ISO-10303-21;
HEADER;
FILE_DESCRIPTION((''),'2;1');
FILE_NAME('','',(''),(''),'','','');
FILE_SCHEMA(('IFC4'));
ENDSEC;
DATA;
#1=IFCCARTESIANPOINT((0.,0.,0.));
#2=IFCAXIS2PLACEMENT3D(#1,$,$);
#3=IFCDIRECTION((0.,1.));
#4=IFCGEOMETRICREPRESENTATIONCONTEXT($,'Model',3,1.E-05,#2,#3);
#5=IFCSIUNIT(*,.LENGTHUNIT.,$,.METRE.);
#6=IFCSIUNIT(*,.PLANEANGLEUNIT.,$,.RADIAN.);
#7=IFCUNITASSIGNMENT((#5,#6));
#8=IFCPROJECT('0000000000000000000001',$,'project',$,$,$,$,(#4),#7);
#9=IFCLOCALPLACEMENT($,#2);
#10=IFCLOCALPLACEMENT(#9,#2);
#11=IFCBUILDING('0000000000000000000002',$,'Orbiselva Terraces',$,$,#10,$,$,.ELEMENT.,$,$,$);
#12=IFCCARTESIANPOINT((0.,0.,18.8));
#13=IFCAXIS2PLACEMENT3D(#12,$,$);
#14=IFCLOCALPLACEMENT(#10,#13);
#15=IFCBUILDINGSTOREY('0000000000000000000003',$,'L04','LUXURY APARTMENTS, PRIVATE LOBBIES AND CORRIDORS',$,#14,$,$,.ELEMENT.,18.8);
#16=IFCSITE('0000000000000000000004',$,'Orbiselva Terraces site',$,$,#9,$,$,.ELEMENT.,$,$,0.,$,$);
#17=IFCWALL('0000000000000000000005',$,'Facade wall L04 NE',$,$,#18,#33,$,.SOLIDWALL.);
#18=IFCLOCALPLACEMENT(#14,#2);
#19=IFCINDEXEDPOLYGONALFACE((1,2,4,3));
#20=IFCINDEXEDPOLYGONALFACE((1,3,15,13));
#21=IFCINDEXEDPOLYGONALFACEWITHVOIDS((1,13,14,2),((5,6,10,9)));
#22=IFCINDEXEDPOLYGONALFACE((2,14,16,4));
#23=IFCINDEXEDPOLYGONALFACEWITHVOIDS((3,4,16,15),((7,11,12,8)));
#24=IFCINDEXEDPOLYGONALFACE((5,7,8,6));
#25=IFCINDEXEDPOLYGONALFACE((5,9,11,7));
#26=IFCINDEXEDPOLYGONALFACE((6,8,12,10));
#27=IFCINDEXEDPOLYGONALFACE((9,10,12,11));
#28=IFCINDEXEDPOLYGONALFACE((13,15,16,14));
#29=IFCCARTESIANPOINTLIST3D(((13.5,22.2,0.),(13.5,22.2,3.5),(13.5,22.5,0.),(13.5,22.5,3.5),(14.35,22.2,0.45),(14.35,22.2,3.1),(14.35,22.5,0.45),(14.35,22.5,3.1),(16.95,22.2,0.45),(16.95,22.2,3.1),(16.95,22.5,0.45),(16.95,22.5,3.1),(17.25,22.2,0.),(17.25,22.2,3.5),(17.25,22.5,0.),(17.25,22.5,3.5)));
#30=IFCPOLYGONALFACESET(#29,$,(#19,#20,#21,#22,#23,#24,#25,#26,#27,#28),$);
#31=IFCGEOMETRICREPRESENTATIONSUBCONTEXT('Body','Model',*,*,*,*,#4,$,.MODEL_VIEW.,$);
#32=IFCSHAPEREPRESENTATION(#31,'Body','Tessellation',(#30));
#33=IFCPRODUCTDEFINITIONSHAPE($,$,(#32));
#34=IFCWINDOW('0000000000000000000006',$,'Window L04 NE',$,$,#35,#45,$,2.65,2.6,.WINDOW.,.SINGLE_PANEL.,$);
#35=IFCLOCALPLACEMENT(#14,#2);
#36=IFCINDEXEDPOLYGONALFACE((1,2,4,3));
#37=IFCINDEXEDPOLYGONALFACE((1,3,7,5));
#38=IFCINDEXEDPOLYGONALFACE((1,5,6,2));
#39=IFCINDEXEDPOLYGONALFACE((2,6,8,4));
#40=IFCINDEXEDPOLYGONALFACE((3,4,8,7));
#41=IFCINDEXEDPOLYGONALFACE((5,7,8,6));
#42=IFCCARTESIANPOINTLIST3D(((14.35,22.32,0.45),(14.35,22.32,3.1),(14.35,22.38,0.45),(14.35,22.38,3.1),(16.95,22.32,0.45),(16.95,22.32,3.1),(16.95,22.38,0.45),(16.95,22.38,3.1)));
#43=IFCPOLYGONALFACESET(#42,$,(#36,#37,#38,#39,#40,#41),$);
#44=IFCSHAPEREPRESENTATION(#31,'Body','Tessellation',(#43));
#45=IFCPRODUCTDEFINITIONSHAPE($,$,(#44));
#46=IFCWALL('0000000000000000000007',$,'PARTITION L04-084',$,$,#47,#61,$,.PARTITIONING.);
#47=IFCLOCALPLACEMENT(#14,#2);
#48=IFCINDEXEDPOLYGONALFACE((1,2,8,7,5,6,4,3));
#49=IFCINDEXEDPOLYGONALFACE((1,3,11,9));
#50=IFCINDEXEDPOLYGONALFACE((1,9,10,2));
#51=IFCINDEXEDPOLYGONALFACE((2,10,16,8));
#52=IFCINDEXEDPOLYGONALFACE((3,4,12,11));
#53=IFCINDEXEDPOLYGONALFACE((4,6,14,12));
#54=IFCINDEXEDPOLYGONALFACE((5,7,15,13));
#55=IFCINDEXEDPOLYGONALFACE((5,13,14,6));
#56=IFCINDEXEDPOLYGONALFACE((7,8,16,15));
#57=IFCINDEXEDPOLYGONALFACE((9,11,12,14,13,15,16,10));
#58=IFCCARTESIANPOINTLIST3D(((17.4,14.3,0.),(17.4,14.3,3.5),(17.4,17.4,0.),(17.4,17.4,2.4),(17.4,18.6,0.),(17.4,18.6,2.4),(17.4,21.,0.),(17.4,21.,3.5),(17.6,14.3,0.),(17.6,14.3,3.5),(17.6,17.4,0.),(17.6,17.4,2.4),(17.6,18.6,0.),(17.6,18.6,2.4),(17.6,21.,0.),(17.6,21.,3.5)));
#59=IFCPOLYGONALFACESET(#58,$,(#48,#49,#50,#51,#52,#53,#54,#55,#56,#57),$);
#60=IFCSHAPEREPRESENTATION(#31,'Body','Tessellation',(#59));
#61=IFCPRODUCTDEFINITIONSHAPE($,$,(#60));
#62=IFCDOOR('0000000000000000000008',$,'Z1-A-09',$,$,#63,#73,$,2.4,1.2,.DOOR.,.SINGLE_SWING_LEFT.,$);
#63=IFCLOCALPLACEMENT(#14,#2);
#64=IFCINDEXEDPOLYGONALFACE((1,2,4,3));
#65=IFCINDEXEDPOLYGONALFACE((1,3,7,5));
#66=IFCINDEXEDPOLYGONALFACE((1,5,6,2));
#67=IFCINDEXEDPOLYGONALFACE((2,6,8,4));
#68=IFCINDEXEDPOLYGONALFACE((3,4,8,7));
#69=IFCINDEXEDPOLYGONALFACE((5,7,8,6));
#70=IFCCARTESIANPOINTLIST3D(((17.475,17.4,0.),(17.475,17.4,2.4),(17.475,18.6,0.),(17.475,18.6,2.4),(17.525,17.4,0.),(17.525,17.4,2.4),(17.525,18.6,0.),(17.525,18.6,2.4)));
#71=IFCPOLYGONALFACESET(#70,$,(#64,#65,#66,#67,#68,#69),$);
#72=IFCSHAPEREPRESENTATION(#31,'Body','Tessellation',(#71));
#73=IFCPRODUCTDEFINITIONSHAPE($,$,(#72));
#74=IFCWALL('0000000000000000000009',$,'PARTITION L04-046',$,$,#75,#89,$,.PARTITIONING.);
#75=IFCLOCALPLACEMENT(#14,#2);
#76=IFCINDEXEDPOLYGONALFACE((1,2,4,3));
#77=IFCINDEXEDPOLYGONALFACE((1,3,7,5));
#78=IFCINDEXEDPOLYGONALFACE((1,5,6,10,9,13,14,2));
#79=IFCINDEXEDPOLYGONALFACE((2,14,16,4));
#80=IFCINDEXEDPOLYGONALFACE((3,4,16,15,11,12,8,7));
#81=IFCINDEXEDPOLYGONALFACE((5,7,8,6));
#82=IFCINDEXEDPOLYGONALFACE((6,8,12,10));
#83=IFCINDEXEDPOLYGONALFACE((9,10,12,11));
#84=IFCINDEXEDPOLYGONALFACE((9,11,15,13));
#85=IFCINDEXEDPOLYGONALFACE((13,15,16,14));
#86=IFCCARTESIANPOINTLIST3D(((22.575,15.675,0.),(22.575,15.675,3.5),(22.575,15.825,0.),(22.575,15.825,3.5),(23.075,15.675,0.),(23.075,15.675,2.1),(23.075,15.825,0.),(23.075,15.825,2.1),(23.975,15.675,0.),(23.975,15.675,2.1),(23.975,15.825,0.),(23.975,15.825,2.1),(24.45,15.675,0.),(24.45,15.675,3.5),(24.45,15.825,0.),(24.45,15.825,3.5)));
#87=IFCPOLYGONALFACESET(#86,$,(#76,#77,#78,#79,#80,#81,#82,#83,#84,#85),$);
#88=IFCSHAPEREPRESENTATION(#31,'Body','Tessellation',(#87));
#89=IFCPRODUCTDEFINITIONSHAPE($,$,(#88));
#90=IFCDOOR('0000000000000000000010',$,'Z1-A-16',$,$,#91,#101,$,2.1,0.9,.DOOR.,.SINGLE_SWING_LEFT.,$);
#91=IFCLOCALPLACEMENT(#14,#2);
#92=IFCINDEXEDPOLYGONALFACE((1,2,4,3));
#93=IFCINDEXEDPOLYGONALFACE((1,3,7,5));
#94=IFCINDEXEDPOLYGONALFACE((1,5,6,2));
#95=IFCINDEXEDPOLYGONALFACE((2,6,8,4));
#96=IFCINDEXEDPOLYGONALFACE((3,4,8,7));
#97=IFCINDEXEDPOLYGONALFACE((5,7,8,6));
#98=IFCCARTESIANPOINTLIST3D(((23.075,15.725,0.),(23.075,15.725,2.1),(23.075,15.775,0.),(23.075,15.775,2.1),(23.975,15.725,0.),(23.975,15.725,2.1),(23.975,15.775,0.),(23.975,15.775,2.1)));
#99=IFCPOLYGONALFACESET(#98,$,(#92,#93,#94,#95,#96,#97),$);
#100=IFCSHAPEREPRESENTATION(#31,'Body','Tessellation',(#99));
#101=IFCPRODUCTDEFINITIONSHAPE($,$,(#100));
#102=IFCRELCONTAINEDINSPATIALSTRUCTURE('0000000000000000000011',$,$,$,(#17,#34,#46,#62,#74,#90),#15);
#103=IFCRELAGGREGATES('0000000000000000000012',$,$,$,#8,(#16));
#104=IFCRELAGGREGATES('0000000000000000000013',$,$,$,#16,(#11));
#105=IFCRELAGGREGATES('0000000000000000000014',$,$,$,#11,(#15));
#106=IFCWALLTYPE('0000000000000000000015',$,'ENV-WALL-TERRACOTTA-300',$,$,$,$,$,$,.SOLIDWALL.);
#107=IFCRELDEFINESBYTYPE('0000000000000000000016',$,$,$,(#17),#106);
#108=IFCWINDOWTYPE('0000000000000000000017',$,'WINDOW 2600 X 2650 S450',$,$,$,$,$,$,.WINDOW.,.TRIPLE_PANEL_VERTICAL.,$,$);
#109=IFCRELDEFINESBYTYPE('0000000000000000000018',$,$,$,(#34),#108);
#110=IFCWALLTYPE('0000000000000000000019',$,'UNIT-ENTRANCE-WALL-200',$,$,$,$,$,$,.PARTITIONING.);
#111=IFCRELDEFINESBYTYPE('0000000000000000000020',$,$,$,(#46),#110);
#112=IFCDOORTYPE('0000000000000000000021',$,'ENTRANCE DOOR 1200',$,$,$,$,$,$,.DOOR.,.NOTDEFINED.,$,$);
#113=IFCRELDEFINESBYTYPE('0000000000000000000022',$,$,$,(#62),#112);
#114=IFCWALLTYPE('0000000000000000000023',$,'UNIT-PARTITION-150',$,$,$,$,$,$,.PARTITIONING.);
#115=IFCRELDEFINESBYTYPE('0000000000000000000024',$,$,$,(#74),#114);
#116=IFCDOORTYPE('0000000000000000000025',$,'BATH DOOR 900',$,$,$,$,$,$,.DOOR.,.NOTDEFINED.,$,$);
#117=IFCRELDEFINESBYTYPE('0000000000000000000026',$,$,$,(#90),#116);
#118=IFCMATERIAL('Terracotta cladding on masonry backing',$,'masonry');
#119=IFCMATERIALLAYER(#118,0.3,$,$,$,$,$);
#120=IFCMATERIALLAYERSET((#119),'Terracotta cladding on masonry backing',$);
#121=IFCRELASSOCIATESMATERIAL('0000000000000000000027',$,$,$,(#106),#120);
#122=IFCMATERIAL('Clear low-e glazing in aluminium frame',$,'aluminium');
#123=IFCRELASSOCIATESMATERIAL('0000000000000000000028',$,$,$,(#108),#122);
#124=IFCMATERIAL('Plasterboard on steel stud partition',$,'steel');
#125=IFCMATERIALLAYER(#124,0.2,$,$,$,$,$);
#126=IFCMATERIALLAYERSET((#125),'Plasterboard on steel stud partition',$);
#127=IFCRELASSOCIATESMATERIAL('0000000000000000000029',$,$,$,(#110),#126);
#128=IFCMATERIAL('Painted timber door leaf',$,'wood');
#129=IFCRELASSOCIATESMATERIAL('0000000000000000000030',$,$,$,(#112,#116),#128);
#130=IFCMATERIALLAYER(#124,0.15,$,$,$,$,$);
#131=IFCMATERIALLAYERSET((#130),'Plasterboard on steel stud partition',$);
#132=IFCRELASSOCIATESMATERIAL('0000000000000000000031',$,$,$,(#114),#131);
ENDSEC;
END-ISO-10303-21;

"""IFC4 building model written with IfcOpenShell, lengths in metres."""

from ifc_helpers import new_model, si_unit, direction, frame, frame_2d, origin, place, context, subcontext, project, spatial, rectangle, extrude, material, layer, layer_set, type_object, element, fill, save


model = new_model("IFC4")

# Units and contexts
model_context = context("Model", 3, precision=1e-05, world=origin(), true_north=direction((0.0, 1.0)))
body_context = subcontext(model_context, "Body", "Model", "MODEL_VIEW")
ifc_project = project(units=[si_unit("LENGTHUNIT", "METRE"), si_unit("PLANEANGLEUNIT", "RADIAN")], contexts=[model_context])

# Site, building, storey
site_placement = place(None, origin())
site = spatial("IfcSite", under=ifc_project, at=site_placement, Name="Orbiselva Terraces site", CompositionType="ELEMENT", RefElevation=0.0)
building_placement = place(site_placement, origin())
building = spatial("IfcBuilding", under=site, at=building_placement, Name="Orbiselva Terraces", CompositionType="ELEMENT")
storey_placement = place(building_placement, frame((0.0, 0.0, 18.8)))
storey = spatial("IfcBuildingStorey", under=building, at=storey_placement, Name="L04", Description="LUXURY APARTMENTS, PRIVATE LOBBIES AND CORRIDORS", CompositionType="ELEMENT", Elevation=18.8)

# Shared definitions
ifc_material_1 = material(Name="Terracotta cladding on masonry backing", Category="masonry")
ifc_layer_1 = layer(ifc_material_1, 0.3)
ifc_layer_set_1 = layer_set([ifc_layer_1], Name="Terracotta cladding on masonry backing")
wall_type_1 = type_object("IfcWallType", Name="ENV-WALL-TERRACOTTA-300", PredefinedType="SOLIDWALL", material=ifc_layer_set_1)
ifc_material_2 = material(Name="Clear low-e glazing in aluminium frame", Category="aluminium")

# Wall, opening, window
wall_1_placement = place(storey_placement, frame((13.5, 22.35, 0.0), z_axis=(0.0, 0.0, 1.0), x_axis=(1.0, 0.0, 0.0)))
wall_1 = element("IfcWall", 1, at=wall_1_placement, inside=storey, type_object=wall_type_1, Name="Facade wall L04 NE", PredefinedType="SOLIDWALL", context=body_context, shape_type="SweptSolid", body=[
    extrude(rectangle(XDim=3.75, YDim=0.3, at=frame_2d((1.875, 0.0))), origin(), (0.0, 0.0, 1.0), 3.5),
])
opening_1_placement = place(wall_1_placement, frame((0.85, 0.0, 0.45)))
opening_1 = element("IfcOpeningElement", 2, at=opening_1_placement, cuts=wall_1, PredefinedType="OPENING", context=body_context, shape_type="SweptSolid", body=[
    extrude(rectangle(XDim=2.6, YDim=2.65, at=frame_2d((1.3, 1.325))), frame((0.0, 0.16, 0.0), z_axis=(0.0, -1.0, 0.0), x_axis=(1.0, 0.0, 0.0)), (0.0, 0.0, 1.0), 0.32),
])
window_type = type_object("IfcWindowType", Name="WINDOW 2600 X 2650 S450", PartitioningType="TRIPLE_PANEL_VERTICAL", PredefinedType="WINDOW", material=ifc_material_2)
window_placement = place(opening_1_placement, origin())
window = element("IfcWindow", 3, at=window_placement, inside=storey, type_object=window_type, Name="Window L04 NE", OverallHeight=2.65, OverallWidth=2.6, PartitioningType="SINGLE_PANEL", PredefinedType="WINDOW", context=body_context, shape_type="SweptSolid", body=[
    extrude(rectangle(XDim=2.6, YDim=2.65, at=frame_2d((1.3, 1.325))), frame((0.0, 0.03, 0.0), z_axis=(0.0, -1.0, 0.0), x_axis=(1.0, 0.0, 0.0)), (0.0, 0.0, 1.0), 0.06),
])
fill(opening_1, window)

# Walls, openings, doors
ifc_material_3 = material(Name="Plasterboard on steel stud partition", Category="steel")
ifc_layer_2 = layer(ifc_material_3, 0.2)
ifc_layer_set_2 = layer_set([ifc_layer_2], Name="Plasterboard on steel stud partition")
wall_type_2 = type_object("IfcWallType", Name="UNIT-ENTRANCE-WALL-200", PredefinedType="PARTITIONING", material=ifc_layer_set_2)
wall_2_placement = place(storey_placement, frame((17.5, 21.0, 0.0), z_axis=(0.0, 0.0, 1.0), x_axis=(0.0, -1.0, 0.0)))
wall_2 = element("IfcWall", 4, at=wall_2_placement, inside=storey, type_object=wall_type_2, Name="PARTITION L04-084", PredefinedType="PARTITIONING", context=body_context, shape_type="SweptSolid", body=[
    extrude(rectangle(XDim=6.7, YDim=0.2, at=frame_2d((3.35, 0.0))), origin(), (0.0, 0.0, 1.0), 3.5),
])
opening_2_placement = place(wall_2_placement, frame((2.4, 0.0, 0.0)))
opening_2 = element("IfcOpeningElement", 5, at=opening_2_placement, cuts=wall_2, PredefinedType="OPENING", context=body_context, shape_type="SweptSolid", body=[
    extrude(rectangle(XDim=1.2, YDim=2.4, at=frame_2d((0.6, 1.2))), frame((0.0, 0.11, 0.0), z_axis=(0.0, -1.0, 0.0), x_axis=(1.0, 0.0, 0.0)), (0.0, 0.0, 1.0), 0.22),
])
ifc_material_4 = material(Name="Painted timber door leaf", Category="wood")
door_type_1 = type_object("IfcDoorType", Name="ENTRANCE DOOR 1200", OperationType="NOTDEFINED", PredefinedType="DOOR", material=ifc_material_4)
door_1_placement = place(opening_2_placement, origin())
door_1 = element("IfcDoor", 6, at=door_1_placement, inside=storey, type_object=door_type_1, Name="Z1-A-09", OperationType="SINGLE_SWING_LEFT", OverallHeight=2.4, OverallWidth=1.2, PredefinedType="DOOR", context=body_context, shape_type="SweptSolid", body=[
    extrude(rectangle(XDim=1.2, YDim=2.4, at=frame_2d((0.6, 1.2))), frame((0.0, 0.025, 0.0), z_axis=(0.0, -1.0, 0.0), x_axis=(1.0, 0.0, 0.0)), (0.0, 0.0, 1.0), 0.05),
])
fill(opening_2, door_1)
ifc_layer_3 = layer(ifc_material_3, 0.15)
ifc_layer_set_3 = layer_set([ifc_layer_3], Name="Plasterboard on steel stud partition")
wall_type_3 = type_object("IfcWallType", Name="UNIT-PARTITION-150", PredefinedType="PARTITIONING", material=ifc_layer_set_3)
wall_3_placement = place(storey_placement, frame((24.45, 15.75, 0.0), z_axis=(0.0, 0.0, 1.0), x_axis=(-1.0, 0.0, 0.0)))
wall_3 = element("IfcWall", 7, at=wall_3_placement, inside=storey, type_object=wall_type_3, Name="PARTITION L04-046", PredefinedType="PARTITIONING", context=body_context, shape_type="SweptSolid", body=[
    extrude(rectangle(XDim=1.875, YDim=0.15, at=frame_2d((0.9375, 0.0))), origin(), (0.0, 0.0, 1.0), 3.5),
])
opening_3_placement = place(wall_3_placement, frame((0.475, 0.0, 0.0)))
opening_3 = element("IfcOpeningElement", 8, at=opening_3_placement, cuts=wall_3, PredefinedType="OPENING", context=body_context, shape_type="SweptSolid", body=[
    extrude(rectangle(XDim=0.9, YDim=2.1, at=frame_2d((0.45, 1.05))), frame((0.0, 0.085, 0.0), z_axis=(0.0, -1.0, 0.0), x_axis=(1.0, 0.0, 0.0)), (0.0, 0.0, 1.0), 0.17),
])
door_type_2 = type_object("IfcDoorType", Name="BATH DOOR 900", OperationType="NOTDEFINED", PredefinedType="DOOR", material=ifc_material_4)
door_2_placement = place(opening_3_placement, origin())
door_2 = element("IfcDoor", 9, at=door_2_placement, inside=storey, type_object=door_type_2, Name="Z1-A-16", OperationType="SINGLE_SWING_LEFT", OverallHeight=2.1, OverallWidth=0.9, PredefinedType="DOOR", context=body_context, shape_type="SweptSolid", body=[
    extrude(rectangle(XDim=0.9, YDim=2.1, at=frame_2d((0.45, 1.05))), frame((0.0, 0.025, 0.0), z_axis=(0.0, -1.0, 0.0), x_axis=(1.0, 0.0, 0.0)), (0.0, 0.0, 1.0), 0.05),
])
fill(opening_3, door_2)

save(model, "model.ifc")
